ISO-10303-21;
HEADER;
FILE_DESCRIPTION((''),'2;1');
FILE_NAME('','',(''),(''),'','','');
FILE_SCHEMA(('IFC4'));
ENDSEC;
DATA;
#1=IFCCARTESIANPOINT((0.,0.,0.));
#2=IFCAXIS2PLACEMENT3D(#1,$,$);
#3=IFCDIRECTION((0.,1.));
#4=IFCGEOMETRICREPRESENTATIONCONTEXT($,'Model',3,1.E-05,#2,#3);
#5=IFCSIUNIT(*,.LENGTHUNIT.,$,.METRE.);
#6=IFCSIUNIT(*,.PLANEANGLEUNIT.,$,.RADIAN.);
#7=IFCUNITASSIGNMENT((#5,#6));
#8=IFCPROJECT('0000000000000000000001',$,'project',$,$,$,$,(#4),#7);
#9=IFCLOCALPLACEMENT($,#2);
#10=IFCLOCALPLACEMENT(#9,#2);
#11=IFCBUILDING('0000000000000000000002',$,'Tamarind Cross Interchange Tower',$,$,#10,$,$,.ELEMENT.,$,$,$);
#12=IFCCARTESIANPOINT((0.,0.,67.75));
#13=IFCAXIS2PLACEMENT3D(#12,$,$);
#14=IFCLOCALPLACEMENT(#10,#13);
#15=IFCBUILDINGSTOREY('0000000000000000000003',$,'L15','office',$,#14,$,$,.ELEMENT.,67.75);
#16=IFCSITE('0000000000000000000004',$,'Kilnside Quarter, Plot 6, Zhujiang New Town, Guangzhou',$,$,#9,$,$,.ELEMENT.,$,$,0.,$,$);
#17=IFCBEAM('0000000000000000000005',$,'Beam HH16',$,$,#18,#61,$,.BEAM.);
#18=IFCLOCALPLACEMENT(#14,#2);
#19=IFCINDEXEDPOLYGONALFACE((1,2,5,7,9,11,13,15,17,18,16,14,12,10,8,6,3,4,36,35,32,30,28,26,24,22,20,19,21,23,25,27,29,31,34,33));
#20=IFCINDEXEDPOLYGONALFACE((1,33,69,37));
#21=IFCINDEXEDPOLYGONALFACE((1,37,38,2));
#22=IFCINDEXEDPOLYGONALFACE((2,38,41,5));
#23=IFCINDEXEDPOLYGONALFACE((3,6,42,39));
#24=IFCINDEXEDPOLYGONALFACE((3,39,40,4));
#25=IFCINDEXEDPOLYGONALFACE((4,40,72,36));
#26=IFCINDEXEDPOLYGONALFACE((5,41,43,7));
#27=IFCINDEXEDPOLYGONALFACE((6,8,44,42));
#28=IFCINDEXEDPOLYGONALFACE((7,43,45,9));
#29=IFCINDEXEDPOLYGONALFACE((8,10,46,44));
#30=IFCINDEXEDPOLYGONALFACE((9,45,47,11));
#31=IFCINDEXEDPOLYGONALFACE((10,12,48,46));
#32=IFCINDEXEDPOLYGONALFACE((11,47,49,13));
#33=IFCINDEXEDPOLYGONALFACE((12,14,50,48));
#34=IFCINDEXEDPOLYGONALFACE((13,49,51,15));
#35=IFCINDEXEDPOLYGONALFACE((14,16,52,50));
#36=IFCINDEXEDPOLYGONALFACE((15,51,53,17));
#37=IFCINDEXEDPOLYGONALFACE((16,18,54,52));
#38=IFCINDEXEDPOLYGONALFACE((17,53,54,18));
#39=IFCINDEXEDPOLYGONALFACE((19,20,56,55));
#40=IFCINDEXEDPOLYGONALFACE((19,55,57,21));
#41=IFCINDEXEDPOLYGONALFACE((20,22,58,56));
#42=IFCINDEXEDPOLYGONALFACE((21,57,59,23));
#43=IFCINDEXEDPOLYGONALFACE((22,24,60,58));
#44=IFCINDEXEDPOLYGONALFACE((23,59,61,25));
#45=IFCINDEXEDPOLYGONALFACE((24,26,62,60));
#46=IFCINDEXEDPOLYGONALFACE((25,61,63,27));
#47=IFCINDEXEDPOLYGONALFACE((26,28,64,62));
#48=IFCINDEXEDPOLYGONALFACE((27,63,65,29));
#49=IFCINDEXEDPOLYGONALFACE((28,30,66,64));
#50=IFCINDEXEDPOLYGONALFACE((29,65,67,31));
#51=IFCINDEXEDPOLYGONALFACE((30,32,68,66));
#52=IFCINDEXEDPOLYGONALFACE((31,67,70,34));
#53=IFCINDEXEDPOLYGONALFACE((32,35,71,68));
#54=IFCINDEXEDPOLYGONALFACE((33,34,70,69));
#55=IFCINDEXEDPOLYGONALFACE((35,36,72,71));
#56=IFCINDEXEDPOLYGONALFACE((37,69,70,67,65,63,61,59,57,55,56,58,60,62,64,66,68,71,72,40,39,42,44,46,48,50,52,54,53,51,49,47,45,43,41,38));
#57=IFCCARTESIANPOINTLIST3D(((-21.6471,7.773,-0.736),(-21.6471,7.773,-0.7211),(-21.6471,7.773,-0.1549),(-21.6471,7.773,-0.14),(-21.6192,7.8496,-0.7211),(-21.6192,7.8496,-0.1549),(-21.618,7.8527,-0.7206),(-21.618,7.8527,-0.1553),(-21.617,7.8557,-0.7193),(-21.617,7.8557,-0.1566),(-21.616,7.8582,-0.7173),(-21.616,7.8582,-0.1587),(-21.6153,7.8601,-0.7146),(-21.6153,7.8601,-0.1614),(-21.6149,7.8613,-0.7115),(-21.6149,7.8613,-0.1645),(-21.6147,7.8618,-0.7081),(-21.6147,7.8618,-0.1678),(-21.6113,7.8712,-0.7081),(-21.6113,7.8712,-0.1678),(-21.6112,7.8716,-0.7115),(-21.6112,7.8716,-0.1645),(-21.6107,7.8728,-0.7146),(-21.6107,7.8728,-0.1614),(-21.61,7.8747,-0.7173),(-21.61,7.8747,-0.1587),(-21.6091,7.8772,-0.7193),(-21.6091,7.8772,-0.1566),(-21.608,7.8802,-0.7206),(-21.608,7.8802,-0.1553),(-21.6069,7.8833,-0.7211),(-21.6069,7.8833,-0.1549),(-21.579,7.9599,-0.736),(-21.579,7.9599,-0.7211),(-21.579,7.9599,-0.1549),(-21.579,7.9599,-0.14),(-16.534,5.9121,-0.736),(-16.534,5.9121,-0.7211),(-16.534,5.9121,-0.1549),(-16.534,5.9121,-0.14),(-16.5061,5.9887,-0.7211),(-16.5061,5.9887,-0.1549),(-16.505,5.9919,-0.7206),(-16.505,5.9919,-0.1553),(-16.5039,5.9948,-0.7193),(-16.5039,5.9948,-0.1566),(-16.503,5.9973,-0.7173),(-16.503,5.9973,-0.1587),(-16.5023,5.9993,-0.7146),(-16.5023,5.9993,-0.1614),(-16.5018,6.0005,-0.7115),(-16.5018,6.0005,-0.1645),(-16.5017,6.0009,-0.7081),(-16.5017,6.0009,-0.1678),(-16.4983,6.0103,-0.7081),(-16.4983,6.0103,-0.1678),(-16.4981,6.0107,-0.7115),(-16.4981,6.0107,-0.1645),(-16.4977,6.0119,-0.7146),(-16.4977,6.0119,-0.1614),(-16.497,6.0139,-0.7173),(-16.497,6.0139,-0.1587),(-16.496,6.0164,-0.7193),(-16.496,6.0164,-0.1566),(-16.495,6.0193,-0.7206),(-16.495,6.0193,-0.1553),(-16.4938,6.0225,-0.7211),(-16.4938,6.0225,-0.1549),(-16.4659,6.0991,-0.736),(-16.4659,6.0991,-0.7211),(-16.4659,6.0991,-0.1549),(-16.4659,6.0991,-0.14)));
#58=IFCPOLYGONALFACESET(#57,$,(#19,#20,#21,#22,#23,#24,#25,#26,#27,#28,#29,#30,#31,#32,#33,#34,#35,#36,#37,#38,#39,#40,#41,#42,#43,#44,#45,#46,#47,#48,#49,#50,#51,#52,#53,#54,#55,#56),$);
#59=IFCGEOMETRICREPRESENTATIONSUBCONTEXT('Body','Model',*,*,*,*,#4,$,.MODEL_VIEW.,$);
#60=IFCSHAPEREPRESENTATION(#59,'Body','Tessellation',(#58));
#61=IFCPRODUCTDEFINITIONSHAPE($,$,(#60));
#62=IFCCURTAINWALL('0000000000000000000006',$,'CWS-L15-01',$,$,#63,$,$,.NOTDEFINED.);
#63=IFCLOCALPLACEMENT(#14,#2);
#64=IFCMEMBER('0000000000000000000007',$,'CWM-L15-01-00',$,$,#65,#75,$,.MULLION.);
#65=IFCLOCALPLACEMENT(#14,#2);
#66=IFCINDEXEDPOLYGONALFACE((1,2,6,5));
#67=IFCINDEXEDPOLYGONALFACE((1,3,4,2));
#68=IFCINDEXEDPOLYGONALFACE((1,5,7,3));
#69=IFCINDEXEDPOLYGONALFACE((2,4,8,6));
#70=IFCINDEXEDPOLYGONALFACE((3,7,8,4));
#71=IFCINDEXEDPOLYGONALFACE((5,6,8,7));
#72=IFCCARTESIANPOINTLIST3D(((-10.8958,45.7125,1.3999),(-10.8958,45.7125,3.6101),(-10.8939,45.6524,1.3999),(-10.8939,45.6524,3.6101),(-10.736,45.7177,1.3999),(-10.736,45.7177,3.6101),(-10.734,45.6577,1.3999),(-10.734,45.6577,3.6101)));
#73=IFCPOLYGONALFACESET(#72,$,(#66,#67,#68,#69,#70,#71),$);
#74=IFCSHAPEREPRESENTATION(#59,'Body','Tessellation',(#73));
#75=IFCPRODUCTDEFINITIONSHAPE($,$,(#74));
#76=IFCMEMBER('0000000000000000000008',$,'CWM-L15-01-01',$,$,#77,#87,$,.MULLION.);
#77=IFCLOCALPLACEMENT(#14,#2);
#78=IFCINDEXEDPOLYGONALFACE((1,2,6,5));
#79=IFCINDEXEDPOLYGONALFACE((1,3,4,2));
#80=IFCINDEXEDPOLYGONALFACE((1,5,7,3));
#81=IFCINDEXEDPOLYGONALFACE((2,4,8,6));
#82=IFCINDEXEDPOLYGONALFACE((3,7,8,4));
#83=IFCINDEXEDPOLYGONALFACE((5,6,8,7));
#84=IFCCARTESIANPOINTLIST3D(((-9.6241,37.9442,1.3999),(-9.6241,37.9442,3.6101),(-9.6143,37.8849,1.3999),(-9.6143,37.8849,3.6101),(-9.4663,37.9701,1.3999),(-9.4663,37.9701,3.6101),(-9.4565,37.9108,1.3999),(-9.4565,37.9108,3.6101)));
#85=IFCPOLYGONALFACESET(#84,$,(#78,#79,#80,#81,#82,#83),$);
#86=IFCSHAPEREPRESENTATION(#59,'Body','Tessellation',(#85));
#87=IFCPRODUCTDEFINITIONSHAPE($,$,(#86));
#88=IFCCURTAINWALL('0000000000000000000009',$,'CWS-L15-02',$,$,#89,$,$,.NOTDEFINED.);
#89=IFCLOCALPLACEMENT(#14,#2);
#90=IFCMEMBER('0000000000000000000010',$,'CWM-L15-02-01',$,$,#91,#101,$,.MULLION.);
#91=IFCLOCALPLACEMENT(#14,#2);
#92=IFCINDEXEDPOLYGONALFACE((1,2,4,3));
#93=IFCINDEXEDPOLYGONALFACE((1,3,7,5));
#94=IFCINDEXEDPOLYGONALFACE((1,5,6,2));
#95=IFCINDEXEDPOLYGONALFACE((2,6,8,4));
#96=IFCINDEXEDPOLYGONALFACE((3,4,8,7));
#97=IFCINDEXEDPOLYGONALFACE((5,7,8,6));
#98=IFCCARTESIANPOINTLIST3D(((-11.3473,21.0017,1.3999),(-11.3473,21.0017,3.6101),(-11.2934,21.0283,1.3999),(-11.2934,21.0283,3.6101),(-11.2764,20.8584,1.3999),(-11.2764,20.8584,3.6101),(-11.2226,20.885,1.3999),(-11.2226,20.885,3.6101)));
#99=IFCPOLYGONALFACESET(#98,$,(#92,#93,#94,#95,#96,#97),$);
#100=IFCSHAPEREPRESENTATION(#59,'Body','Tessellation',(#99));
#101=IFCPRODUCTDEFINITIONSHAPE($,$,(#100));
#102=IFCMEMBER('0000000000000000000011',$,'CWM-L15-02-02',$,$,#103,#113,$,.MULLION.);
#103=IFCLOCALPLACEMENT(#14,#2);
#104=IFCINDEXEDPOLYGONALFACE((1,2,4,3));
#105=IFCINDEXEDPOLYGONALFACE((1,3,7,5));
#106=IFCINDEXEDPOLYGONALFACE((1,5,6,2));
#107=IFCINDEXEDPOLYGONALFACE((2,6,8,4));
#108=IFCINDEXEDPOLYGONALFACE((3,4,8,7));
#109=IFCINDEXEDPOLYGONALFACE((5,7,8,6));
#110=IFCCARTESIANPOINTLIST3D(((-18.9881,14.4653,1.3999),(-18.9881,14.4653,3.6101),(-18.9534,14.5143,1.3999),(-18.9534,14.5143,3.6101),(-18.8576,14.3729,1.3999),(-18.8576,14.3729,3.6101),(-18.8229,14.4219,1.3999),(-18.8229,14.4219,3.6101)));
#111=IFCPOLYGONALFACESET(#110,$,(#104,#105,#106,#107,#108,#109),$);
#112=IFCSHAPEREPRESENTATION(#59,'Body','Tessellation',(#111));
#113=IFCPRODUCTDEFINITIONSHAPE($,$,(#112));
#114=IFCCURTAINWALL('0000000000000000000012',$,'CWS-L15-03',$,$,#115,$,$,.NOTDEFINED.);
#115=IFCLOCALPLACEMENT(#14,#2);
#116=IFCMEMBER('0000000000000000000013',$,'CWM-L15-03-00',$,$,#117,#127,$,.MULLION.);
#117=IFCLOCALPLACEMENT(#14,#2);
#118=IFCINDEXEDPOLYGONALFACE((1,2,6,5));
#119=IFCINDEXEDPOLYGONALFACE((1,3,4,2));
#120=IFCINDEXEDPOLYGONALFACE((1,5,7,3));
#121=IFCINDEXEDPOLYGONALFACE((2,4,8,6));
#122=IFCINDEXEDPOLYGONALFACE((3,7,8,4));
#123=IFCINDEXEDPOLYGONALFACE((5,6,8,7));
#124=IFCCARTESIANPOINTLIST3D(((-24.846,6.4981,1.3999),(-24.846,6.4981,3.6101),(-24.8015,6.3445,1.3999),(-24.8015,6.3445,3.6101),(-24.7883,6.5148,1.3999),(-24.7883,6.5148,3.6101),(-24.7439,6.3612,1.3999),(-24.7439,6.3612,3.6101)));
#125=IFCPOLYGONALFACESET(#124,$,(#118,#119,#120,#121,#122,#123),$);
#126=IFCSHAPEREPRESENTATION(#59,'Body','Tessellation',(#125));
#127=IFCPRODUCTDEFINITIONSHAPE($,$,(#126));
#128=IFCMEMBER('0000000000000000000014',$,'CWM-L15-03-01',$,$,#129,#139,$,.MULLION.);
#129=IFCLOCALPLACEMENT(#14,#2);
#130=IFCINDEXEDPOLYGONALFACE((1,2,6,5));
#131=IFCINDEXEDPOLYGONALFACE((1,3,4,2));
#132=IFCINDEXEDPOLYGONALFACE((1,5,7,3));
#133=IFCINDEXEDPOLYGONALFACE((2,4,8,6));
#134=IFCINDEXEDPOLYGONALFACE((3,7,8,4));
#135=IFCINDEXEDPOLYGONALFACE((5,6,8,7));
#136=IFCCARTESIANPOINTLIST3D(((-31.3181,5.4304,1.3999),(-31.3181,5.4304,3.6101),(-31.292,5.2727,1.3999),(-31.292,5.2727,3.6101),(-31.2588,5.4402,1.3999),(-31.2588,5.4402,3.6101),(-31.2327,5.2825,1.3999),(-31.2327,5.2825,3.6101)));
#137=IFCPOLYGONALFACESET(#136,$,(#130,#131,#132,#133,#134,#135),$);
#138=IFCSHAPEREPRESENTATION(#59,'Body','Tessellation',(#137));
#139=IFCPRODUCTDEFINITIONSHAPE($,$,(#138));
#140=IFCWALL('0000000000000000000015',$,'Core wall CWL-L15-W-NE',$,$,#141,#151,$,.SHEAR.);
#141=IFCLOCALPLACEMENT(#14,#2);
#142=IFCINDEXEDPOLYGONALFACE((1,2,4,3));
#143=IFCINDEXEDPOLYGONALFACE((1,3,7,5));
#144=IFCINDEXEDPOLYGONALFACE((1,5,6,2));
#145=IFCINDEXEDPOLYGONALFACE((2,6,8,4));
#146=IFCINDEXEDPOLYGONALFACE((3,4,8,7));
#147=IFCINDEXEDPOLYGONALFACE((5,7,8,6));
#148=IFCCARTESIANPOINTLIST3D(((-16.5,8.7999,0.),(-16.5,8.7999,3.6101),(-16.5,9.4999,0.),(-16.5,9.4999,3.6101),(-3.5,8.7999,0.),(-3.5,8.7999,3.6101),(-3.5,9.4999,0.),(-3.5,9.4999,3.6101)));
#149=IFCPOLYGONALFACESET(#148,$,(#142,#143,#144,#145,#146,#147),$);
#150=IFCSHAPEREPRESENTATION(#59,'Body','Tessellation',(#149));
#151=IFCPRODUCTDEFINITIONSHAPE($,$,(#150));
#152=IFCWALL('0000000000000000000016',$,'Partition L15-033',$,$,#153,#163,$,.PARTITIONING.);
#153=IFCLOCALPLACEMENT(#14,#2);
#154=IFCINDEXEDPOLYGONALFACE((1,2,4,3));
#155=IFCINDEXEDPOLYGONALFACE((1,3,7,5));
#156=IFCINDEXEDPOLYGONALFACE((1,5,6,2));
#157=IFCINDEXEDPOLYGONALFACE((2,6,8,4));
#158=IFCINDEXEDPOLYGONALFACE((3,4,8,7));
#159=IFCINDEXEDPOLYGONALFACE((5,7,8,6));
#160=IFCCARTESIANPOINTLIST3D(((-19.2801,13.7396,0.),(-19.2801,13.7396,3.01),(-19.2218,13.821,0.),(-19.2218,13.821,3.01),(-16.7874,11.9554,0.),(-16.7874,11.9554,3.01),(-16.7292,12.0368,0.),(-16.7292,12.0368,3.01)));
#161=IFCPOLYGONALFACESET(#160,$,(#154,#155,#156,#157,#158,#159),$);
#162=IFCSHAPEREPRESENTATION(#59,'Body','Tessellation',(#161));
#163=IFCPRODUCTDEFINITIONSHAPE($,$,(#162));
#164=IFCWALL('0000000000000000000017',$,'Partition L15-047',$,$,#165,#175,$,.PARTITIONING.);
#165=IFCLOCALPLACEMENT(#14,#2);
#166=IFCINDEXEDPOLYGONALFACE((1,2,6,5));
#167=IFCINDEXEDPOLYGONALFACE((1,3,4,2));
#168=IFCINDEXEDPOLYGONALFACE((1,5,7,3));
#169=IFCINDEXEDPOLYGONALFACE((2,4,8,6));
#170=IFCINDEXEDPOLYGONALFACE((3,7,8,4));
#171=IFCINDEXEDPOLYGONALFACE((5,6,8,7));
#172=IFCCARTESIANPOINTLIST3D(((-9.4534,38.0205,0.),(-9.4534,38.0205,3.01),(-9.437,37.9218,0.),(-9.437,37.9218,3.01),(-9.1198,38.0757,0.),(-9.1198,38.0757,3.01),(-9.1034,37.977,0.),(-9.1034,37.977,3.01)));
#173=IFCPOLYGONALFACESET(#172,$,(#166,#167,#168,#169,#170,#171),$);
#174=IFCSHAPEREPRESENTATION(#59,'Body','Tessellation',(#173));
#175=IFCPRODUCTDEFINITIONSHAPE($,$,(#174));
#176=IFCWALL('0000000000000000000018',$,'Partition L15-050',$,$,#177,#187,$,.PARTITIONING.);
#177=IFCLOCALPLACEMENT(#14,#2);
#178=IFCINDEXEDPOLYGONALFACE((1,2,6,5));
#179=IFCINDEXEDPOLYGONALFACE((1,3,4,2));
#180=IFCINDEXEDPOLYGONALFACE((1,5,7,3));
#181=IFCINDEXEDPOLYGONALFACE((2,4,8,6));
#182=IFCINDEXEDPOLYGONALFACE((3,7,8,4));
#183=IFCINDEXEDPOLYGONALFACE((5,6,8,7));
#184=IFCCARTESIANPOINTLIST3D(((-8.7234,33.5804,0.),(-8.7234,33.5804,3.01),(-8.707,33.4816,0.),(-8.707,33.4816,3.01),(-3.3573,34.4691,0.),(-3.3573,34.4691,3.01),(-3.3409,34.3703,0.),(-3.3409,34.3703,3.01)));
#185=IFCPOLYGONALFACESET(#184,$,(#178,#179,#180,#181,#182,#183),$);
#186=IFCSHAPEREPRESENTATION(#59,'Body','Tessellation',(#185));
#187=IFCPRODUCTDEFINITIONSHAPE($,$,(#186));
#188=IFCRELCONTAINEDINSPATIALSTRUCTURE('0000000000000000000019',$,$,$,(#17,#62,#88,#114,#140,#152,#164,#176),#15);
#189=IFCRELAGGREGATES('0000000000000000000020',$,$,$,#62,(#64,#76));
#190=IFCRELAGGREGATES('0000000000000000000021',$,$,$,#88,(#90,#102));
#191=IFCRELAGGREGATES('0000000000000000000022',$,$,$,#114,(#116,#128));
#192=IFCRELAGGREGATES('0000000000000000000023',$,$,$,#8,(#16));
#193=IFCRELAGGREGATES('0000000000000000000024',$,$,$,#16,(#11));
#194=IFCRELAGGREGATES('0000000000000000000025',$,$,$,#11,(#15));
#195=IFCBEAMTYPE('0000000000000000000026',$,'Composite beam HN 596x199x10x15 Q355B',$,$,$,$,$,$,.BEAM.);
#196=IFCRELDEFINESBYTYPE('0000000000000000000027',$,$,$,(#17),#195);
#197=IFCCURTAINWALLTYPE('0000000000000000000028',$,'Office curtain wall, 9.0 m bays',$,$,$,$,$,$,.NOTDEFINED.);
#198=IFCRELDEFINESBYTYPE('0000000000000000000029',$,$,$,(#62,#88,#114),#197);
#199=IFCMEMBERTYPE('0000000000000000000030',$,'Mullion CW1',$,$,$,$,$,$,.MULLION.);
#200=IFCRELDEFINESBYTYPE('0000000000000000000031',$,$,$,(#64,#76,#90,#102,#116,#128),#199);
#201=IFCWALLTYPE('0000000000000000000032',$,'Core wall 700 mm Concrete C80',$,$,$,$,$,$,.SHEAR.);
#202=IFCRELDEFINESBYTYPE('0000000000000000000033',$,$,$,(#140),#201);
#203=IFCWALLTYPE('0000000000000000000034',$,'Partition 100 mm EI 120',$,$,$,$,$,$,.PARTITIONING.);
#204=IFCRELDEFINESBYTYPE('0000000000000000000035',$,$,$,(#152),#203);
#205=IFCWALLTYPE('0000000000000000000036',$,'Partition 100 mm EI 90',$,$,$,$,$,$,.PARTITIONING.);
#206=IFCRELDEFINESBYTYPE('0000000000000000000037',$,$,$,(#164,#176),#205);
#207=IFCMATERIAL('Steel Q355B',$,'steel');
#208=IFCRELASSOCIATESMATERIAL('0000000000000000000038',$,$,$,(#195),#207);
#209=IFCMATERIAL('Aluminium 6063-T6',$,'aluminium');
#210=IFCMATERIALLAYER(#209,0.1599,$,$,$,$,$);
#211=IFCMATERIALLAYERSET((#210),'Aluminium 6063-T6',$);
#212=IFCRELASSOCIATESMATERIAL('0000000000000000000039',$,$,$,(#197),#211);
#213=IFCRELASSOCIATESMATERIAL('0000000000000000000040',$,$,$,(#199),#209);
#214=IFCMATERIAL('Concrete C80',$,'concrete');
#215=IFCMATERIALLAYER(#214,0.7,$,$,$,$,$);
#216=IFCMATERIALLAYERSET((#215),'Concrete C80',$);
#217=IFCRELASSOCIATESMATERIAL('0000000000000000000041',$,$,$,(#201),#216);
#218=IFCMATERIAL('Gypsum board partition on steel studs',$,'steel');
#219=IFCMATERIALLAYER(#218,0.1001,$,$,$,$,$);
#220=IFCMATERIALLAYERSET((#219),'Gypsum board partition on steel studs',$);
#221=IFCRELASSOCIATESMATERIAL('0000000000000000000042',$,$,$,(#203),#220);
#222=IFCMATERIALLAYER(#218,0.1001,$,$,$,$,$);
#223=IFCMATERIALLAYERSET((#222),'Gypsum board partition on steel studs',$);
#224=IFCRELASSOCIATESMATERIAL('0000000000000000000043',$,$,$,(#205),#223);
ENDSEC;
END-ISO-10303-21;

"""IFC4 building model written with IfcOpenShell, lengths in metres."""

from ifc_helpers import new_model, si_unit, direction, frame, frame_2d, origin, origin_2d, place, context, subcontext, project, spatial, rectangle, i_section, extrude, material, layer, layer_set, material_profile, profile_set, type_object, element, aggregate, save


model = new_model("IFC4")

# Units and contexts
model_context = context("Model", 3, precision=1e-05, world=origin(), true_north=direction((0.0, 1.0)))
body_context = subcontext(model_context, "Body", "Model", "MODEL_VIEW")
ifc_project = project(units=[si_unit("LENGTHUNIT", "METRE"), si_unit("PLANEANGLEUNIT", "RADIAN")], contexts=[model_context])

# Site, building, storey
site_placement = place(None, origin())
site = spatial("IfcSite", under=ifc_project, at=site_placement, Name="Kilnside Quarter, Plot 6, Zhujiang New Town, Guangzhou", CompositionType="ELEMENT", RefElevation=0.0)
building_placement = place(site_placement, origin())
building = spatial("IfcBuilding", under=site, at=building_placement, Name="Tamarind Cross Interchange Tower", CompositionType="ELEMENT")
storey_placement = place(building_placement, frame((0.0, 0.0, 67.75)))
storey = spatial("IfcBuildingStorey", under=building, at=storey_placement, Name="L15", Description="office", CompositionType="ELEMENT", Elevation=67.75)

# Beam
ifc_material_1 = material(Name="Steel Q355B", Category="steel")
ifc_material_profile_1 = material_profile(ifc_material_1, i_section(OverallWidth=0.199, OverallDepth=0.5959, WebThickness=0.01, FlangeThickness=0.0149, FilletRadius=0.0129, at=origin_2d()), Name="HN 596x199x10x15")
ifc_profile_set_1 = profile_set([ifc_material_profile_1], Name="Steel Q355B")
beam_type_1 = type_object("IfcBeamType", Name="Composite beam HN 596x199x10x15 Q355B", PredefinedType="BEAM", material=ifc_profile_set_1)
beam_1_placement = place(storey_placement, frame((-21.613, 7.8665, -0.438), z_axis=(0.939702, -0.341995, 0.0), x_axis=(0.341995, 0.939702, 0.0)))
element("IfcBeam", 1, at=beam_1_placement, inside=storey, type_object=beam_type_1, Name="Beam HH16", PredefinedType="BEAM", context=body_context, shape_type="SweptSolid", body=[
    extrude(i_section(OverallWidth=0.199, OverallDepth=0.5959, WebThickness=0.01, FlangeThickness=0.0149, FilletRadius=0.0129, at=origin_2d()), origin(), (0.0, 0.0, 1.0), 5.4412),
])

# Curtain walls, members
ifc_material_2 = material(Name="Aluminium 6063-T6", Category="aluminium")
ifc_layer_1 = layer(ifc_material_2, 0.1599)
ifc_layer_set_1 = layer_set([ifc_layer_1], Name="Aluminium 6063-T6")
curtain_wall_type = type_object("IfcCurtainWallType", Name="Office curtain wall, 9.0 m bays", PredefinedType="NOTDEFINED", material=ifc_layer_set_1)
curtain_wall_1_placement = place(storey_placement, origin())
curtain_wall_1 = element("IfcCurtainWall", 2, at=curtain_wall_1_placement, inside=storey, type_object=curtain_wall_type, Name="CWS-L15-01", PredefinedType="NOTDEFINED")
ifc_material_profile_2 = material_profile(ifc_material_2, rectangle(XDim=0.0601, YDim=0.1599, at=origin_2d()), Name="Mullion CW1")
ifc_profile_set_2 = profile_set([ifc_material_profile_2], Name="Aluminium 6063-T6")
member_type = type_object("IfcMemberType", Name="Mullion CW1", PredefinedType="MULLION", material=ifc_profile_set_2)
member_1_placement = place(storey_placement, frame((-10.8149, 45.6851, 1.3999), z_axis=(0.0, 0.0, 1.0), x_axis=(0.032594, -0.999469, 0.0)))
member_1 = element("IfcMember", 3, at=member_1_placement, type_object=member_type, Name="CWM-L15-01-00", PredefinedType="MULLION", context=body_context, shape_type="SweptSolid", body=[
    extrude(rectangle(XDim=0.0601, YDim=0.1599, at=origin_2d()), origin(), (0.0, 0.0, 1.0), 2.2102),
])
member_2_placement = place(storey_placement, frame((-9.5403, 37.9275, 1.3999), z_axis=(0.0, 0.0, 1.0), x_axis=(0.162164, -0.986764, 0.0)))
member_2 = element("IfcMember", 4, at=member_2_placement, type_object=member_type, Name="CWM-L15-01-01", PredefinedType="MULLION", context=body_context, shape_type="SweptSolid", body=[
    extrude(rectangle(XDim=0.0601, YDim=0.1599, at=origin_2d()), origin(), (0.0, 0.0, 1.0), 2.2102),
])
aggregate(curtain_wall_1, [member_1, member_2])
curtain_wall_2_placement = place(storey_placement, origin())
curtain_wall_2 = element("IfcCurtainWall", 5, at=curtain_wall_2_placement, inside=storey, type_object=curtain_wall_type, Name="CWS-L15-02", PredefinedType="NOTDEFINED")
member_3_placement = place(storey_placement, frame((-11.2849, 20.9434, 1.3999), z_axis=(0.0, 0.0, 1.0), x_axis=(-0.896493, -0.443059, 0.0)))
member_3 = element("IfcMember", 6, at=member_3_placement, type_object=member_type, Name="CWM-L15-02-01", PredefinedType="MULLION", context=body_context, shape_type="SweptSolid", body=[
    extrude(rectangle(XDim=0.0601, YDim=0.1599, at=origin_2d()), origin(), (0.0, 0.0, 1.0), 2.2102),
])
member_4_placement = place(storey_placement, frame((-18.9055, 14.4436, 1.3999), z_axis=(0.0, 0.0, 1.0), x_axis=(-0.577569, -0.816342, 0.0)))
member_4 = element("IfcMember", 7, at=member_4_placement, type_object=member_type, Name="CWM-L15-02-02", PredefinedType="MULLION", context=body_context, shape_type="SweptSolid", body=[
    extrude(rectangle(XDim=0.0601, YDim=0.1599, at=origin_2d()), origin(), (0.0, 0.0, 1.0), 2.2102),
])
aggregate(curtain_wall_2, [member_3, member_4])
curtain_wall_3_placement = place(storey_placement, origin())
curtain_wall_3 = element("IfcCurtainWall", 8, at=curtain_wall_3_placement, inside=storey, type_object=curtain_wall_type, Name="CWS-L15-03", PredefinedType="NOTDEFINED")
member_5_placement = place(storey_placement, frame((-24.7949, 6.4297, 1.3999), z_axis=(0.0, 0.0, 1.0), x_axis=(-0.960607, -0.27791, 0.0)))
member_5 = element("IfcMember", 9, at=member_5_placement, type_object=member_type, Name="CWM-L15-03-00", PredefinedType="MULLION", context=body_context, shape_type="SweptSolid", body=[
    extrude(rectangle(XDim=0.0601, YDim=0.1599, at=origin_2d()), origin(), (0.0, 0.0, 1.0), 2.2102),
])
member_6_placement = place(storey_placement, frame((-31.2754, 5.3564, 1.3999), z_axis=(0.0, 0.0, 1.0), x_axis=(-0.986563, -0.163381, 0.0)))
member_6 = element("IfcMember", 10, at=member_6_placement, type_object=member_type, Name="CWM-L15-03-01", PredefinedType="MULLION", context=body_context, shape_type="SweptSolid", body=[
    extrude(rectangle(XDim=0.0601, YDim=0.1599, at=origin_2d()), origin(), (0.0, 0.0, 1.0), 2.2102),
])
aggregate(curtain_wall_3, [member_5, member_6])

# Walls
ifc_material_3 = material(Name="Concrete C80", Category="concrete")
ifc_layer_2 = layer(ifc_material_3, 0.7)
ifc_layer_set_2 = layer_set([ifc_layer_2], Name="Concrete C80")
wall_type_1 = type_object("IfcWallType", Name="Core wall 700 mm Concrete C80", PredefinedType="SHEAR", material=ifc_layer_set_2)
wall_1_placement = place(storey_placement, frame((-16.5, 9.1499, 0.0), z_axis=(0.0, 0.0, 1.0), x_axis=(1.0, 0.0, 0.0)))
element("IfcWall", 11, at=wall_1_placement, inside=storey, type_object=wall_type_1, Name="Core wall CWL-L15-W-NE", PredefinedType="SHEAR", context=body_context, shape_type="SweptSolid", body=[
    extrude(rectangle(XDim=13.0, YDim=0.7, at=frame_2d((6.5, 0.0))), origin(), (0.0, 0.0, 1.0), 3.6101),
])
ifc_material_4 = material(Name="Gypsum board partition on steel studs", Category="steel")
ifc_layer_3 = layer(ifc_material_4, 0.1001)
ifc_layer_set_3 = layer_set([ifc_layer_3], Name="Gypsum board partition on steel studs")
wall_type_2 = type_object("IfcWallType", Name="Partition 100 mm EI 120", PredefinedType="PARTITIONING", material=ifc_layer_set_3)
wall_2_placement = place(storey_placement, frame((-19.251, 13.7803, 0.0), z_axis=(0.0, 0.0, 1.0), x_axis=(0.813163, -0.582037, 0.0)))
element("IfcWall", 12, at=wall_2_placement, inside=storey, type_object=wall_type_2, Name="Partition L15-033", PredefinedType="PARTITIONING", context=body_context, shape_type="SweptSolid", body=[
    extrude(rectangle(XDim=3.0654, YDim=0.1001, at=frame_2d((1.5327, 0.0))), origin(), (0.0, 0.0, 1.0), 3.01),
])
ifc_layer_4 = layer(ifc_material_4, 0.1001)
ifc_layer_set_4 = layer_set([ifc_layer_4], Name="Gypsum board partition on steel studs")
wall_type_3 = type_object("IfcWallType", Name="Partition 100 mm EI 90", PredefinedType="PARTITIONING", material=ifc_layer_set_4)
wall_3_placement = place(storey_placement, frame((-9.4451, 37.9712, 0.0), z_axis=(0.0, 0.0, 1.0), x_axis=(0.986588, 0.163228, 0.0)))
element("IfcWall", 13, at=wall_3_placement, inside=storey, type_object=wall_type_3, Name="Partition L15-047", PredefinedType="PARTITIONING", context=body_context, shape_type="SweptSolid", body=[
    extrude(rectangle(XDim=0.3381, YDim=0.1001, at=frame_2d((0.1689, 0.0))), origin(), (0.0, 0.0, 1.0), 3.01),
])
wall_4_placement = place(storey_placement, frame((-8.7153, 33.531, 0.0), z_axis=(0.0, 0.0, 1.0), x_axis=(0.986563, 0.16338, 0.0)))
element("IfcWall", 14, at=wall_4_placement, inside=storey, type_object=wall_type_3, Name="Partition L15-050", PredefinedType="PARTITIONING", context=body_context, shape_type="SweptSolid", body=[
    extrude(rectangle(XDim=5.4392, YDim=0.1001, at=frame_2d((2.7197, 0.0))), origin(), (0.0, 0.0, 1.0), 3.01),
])

save(model, "model.ifc")
